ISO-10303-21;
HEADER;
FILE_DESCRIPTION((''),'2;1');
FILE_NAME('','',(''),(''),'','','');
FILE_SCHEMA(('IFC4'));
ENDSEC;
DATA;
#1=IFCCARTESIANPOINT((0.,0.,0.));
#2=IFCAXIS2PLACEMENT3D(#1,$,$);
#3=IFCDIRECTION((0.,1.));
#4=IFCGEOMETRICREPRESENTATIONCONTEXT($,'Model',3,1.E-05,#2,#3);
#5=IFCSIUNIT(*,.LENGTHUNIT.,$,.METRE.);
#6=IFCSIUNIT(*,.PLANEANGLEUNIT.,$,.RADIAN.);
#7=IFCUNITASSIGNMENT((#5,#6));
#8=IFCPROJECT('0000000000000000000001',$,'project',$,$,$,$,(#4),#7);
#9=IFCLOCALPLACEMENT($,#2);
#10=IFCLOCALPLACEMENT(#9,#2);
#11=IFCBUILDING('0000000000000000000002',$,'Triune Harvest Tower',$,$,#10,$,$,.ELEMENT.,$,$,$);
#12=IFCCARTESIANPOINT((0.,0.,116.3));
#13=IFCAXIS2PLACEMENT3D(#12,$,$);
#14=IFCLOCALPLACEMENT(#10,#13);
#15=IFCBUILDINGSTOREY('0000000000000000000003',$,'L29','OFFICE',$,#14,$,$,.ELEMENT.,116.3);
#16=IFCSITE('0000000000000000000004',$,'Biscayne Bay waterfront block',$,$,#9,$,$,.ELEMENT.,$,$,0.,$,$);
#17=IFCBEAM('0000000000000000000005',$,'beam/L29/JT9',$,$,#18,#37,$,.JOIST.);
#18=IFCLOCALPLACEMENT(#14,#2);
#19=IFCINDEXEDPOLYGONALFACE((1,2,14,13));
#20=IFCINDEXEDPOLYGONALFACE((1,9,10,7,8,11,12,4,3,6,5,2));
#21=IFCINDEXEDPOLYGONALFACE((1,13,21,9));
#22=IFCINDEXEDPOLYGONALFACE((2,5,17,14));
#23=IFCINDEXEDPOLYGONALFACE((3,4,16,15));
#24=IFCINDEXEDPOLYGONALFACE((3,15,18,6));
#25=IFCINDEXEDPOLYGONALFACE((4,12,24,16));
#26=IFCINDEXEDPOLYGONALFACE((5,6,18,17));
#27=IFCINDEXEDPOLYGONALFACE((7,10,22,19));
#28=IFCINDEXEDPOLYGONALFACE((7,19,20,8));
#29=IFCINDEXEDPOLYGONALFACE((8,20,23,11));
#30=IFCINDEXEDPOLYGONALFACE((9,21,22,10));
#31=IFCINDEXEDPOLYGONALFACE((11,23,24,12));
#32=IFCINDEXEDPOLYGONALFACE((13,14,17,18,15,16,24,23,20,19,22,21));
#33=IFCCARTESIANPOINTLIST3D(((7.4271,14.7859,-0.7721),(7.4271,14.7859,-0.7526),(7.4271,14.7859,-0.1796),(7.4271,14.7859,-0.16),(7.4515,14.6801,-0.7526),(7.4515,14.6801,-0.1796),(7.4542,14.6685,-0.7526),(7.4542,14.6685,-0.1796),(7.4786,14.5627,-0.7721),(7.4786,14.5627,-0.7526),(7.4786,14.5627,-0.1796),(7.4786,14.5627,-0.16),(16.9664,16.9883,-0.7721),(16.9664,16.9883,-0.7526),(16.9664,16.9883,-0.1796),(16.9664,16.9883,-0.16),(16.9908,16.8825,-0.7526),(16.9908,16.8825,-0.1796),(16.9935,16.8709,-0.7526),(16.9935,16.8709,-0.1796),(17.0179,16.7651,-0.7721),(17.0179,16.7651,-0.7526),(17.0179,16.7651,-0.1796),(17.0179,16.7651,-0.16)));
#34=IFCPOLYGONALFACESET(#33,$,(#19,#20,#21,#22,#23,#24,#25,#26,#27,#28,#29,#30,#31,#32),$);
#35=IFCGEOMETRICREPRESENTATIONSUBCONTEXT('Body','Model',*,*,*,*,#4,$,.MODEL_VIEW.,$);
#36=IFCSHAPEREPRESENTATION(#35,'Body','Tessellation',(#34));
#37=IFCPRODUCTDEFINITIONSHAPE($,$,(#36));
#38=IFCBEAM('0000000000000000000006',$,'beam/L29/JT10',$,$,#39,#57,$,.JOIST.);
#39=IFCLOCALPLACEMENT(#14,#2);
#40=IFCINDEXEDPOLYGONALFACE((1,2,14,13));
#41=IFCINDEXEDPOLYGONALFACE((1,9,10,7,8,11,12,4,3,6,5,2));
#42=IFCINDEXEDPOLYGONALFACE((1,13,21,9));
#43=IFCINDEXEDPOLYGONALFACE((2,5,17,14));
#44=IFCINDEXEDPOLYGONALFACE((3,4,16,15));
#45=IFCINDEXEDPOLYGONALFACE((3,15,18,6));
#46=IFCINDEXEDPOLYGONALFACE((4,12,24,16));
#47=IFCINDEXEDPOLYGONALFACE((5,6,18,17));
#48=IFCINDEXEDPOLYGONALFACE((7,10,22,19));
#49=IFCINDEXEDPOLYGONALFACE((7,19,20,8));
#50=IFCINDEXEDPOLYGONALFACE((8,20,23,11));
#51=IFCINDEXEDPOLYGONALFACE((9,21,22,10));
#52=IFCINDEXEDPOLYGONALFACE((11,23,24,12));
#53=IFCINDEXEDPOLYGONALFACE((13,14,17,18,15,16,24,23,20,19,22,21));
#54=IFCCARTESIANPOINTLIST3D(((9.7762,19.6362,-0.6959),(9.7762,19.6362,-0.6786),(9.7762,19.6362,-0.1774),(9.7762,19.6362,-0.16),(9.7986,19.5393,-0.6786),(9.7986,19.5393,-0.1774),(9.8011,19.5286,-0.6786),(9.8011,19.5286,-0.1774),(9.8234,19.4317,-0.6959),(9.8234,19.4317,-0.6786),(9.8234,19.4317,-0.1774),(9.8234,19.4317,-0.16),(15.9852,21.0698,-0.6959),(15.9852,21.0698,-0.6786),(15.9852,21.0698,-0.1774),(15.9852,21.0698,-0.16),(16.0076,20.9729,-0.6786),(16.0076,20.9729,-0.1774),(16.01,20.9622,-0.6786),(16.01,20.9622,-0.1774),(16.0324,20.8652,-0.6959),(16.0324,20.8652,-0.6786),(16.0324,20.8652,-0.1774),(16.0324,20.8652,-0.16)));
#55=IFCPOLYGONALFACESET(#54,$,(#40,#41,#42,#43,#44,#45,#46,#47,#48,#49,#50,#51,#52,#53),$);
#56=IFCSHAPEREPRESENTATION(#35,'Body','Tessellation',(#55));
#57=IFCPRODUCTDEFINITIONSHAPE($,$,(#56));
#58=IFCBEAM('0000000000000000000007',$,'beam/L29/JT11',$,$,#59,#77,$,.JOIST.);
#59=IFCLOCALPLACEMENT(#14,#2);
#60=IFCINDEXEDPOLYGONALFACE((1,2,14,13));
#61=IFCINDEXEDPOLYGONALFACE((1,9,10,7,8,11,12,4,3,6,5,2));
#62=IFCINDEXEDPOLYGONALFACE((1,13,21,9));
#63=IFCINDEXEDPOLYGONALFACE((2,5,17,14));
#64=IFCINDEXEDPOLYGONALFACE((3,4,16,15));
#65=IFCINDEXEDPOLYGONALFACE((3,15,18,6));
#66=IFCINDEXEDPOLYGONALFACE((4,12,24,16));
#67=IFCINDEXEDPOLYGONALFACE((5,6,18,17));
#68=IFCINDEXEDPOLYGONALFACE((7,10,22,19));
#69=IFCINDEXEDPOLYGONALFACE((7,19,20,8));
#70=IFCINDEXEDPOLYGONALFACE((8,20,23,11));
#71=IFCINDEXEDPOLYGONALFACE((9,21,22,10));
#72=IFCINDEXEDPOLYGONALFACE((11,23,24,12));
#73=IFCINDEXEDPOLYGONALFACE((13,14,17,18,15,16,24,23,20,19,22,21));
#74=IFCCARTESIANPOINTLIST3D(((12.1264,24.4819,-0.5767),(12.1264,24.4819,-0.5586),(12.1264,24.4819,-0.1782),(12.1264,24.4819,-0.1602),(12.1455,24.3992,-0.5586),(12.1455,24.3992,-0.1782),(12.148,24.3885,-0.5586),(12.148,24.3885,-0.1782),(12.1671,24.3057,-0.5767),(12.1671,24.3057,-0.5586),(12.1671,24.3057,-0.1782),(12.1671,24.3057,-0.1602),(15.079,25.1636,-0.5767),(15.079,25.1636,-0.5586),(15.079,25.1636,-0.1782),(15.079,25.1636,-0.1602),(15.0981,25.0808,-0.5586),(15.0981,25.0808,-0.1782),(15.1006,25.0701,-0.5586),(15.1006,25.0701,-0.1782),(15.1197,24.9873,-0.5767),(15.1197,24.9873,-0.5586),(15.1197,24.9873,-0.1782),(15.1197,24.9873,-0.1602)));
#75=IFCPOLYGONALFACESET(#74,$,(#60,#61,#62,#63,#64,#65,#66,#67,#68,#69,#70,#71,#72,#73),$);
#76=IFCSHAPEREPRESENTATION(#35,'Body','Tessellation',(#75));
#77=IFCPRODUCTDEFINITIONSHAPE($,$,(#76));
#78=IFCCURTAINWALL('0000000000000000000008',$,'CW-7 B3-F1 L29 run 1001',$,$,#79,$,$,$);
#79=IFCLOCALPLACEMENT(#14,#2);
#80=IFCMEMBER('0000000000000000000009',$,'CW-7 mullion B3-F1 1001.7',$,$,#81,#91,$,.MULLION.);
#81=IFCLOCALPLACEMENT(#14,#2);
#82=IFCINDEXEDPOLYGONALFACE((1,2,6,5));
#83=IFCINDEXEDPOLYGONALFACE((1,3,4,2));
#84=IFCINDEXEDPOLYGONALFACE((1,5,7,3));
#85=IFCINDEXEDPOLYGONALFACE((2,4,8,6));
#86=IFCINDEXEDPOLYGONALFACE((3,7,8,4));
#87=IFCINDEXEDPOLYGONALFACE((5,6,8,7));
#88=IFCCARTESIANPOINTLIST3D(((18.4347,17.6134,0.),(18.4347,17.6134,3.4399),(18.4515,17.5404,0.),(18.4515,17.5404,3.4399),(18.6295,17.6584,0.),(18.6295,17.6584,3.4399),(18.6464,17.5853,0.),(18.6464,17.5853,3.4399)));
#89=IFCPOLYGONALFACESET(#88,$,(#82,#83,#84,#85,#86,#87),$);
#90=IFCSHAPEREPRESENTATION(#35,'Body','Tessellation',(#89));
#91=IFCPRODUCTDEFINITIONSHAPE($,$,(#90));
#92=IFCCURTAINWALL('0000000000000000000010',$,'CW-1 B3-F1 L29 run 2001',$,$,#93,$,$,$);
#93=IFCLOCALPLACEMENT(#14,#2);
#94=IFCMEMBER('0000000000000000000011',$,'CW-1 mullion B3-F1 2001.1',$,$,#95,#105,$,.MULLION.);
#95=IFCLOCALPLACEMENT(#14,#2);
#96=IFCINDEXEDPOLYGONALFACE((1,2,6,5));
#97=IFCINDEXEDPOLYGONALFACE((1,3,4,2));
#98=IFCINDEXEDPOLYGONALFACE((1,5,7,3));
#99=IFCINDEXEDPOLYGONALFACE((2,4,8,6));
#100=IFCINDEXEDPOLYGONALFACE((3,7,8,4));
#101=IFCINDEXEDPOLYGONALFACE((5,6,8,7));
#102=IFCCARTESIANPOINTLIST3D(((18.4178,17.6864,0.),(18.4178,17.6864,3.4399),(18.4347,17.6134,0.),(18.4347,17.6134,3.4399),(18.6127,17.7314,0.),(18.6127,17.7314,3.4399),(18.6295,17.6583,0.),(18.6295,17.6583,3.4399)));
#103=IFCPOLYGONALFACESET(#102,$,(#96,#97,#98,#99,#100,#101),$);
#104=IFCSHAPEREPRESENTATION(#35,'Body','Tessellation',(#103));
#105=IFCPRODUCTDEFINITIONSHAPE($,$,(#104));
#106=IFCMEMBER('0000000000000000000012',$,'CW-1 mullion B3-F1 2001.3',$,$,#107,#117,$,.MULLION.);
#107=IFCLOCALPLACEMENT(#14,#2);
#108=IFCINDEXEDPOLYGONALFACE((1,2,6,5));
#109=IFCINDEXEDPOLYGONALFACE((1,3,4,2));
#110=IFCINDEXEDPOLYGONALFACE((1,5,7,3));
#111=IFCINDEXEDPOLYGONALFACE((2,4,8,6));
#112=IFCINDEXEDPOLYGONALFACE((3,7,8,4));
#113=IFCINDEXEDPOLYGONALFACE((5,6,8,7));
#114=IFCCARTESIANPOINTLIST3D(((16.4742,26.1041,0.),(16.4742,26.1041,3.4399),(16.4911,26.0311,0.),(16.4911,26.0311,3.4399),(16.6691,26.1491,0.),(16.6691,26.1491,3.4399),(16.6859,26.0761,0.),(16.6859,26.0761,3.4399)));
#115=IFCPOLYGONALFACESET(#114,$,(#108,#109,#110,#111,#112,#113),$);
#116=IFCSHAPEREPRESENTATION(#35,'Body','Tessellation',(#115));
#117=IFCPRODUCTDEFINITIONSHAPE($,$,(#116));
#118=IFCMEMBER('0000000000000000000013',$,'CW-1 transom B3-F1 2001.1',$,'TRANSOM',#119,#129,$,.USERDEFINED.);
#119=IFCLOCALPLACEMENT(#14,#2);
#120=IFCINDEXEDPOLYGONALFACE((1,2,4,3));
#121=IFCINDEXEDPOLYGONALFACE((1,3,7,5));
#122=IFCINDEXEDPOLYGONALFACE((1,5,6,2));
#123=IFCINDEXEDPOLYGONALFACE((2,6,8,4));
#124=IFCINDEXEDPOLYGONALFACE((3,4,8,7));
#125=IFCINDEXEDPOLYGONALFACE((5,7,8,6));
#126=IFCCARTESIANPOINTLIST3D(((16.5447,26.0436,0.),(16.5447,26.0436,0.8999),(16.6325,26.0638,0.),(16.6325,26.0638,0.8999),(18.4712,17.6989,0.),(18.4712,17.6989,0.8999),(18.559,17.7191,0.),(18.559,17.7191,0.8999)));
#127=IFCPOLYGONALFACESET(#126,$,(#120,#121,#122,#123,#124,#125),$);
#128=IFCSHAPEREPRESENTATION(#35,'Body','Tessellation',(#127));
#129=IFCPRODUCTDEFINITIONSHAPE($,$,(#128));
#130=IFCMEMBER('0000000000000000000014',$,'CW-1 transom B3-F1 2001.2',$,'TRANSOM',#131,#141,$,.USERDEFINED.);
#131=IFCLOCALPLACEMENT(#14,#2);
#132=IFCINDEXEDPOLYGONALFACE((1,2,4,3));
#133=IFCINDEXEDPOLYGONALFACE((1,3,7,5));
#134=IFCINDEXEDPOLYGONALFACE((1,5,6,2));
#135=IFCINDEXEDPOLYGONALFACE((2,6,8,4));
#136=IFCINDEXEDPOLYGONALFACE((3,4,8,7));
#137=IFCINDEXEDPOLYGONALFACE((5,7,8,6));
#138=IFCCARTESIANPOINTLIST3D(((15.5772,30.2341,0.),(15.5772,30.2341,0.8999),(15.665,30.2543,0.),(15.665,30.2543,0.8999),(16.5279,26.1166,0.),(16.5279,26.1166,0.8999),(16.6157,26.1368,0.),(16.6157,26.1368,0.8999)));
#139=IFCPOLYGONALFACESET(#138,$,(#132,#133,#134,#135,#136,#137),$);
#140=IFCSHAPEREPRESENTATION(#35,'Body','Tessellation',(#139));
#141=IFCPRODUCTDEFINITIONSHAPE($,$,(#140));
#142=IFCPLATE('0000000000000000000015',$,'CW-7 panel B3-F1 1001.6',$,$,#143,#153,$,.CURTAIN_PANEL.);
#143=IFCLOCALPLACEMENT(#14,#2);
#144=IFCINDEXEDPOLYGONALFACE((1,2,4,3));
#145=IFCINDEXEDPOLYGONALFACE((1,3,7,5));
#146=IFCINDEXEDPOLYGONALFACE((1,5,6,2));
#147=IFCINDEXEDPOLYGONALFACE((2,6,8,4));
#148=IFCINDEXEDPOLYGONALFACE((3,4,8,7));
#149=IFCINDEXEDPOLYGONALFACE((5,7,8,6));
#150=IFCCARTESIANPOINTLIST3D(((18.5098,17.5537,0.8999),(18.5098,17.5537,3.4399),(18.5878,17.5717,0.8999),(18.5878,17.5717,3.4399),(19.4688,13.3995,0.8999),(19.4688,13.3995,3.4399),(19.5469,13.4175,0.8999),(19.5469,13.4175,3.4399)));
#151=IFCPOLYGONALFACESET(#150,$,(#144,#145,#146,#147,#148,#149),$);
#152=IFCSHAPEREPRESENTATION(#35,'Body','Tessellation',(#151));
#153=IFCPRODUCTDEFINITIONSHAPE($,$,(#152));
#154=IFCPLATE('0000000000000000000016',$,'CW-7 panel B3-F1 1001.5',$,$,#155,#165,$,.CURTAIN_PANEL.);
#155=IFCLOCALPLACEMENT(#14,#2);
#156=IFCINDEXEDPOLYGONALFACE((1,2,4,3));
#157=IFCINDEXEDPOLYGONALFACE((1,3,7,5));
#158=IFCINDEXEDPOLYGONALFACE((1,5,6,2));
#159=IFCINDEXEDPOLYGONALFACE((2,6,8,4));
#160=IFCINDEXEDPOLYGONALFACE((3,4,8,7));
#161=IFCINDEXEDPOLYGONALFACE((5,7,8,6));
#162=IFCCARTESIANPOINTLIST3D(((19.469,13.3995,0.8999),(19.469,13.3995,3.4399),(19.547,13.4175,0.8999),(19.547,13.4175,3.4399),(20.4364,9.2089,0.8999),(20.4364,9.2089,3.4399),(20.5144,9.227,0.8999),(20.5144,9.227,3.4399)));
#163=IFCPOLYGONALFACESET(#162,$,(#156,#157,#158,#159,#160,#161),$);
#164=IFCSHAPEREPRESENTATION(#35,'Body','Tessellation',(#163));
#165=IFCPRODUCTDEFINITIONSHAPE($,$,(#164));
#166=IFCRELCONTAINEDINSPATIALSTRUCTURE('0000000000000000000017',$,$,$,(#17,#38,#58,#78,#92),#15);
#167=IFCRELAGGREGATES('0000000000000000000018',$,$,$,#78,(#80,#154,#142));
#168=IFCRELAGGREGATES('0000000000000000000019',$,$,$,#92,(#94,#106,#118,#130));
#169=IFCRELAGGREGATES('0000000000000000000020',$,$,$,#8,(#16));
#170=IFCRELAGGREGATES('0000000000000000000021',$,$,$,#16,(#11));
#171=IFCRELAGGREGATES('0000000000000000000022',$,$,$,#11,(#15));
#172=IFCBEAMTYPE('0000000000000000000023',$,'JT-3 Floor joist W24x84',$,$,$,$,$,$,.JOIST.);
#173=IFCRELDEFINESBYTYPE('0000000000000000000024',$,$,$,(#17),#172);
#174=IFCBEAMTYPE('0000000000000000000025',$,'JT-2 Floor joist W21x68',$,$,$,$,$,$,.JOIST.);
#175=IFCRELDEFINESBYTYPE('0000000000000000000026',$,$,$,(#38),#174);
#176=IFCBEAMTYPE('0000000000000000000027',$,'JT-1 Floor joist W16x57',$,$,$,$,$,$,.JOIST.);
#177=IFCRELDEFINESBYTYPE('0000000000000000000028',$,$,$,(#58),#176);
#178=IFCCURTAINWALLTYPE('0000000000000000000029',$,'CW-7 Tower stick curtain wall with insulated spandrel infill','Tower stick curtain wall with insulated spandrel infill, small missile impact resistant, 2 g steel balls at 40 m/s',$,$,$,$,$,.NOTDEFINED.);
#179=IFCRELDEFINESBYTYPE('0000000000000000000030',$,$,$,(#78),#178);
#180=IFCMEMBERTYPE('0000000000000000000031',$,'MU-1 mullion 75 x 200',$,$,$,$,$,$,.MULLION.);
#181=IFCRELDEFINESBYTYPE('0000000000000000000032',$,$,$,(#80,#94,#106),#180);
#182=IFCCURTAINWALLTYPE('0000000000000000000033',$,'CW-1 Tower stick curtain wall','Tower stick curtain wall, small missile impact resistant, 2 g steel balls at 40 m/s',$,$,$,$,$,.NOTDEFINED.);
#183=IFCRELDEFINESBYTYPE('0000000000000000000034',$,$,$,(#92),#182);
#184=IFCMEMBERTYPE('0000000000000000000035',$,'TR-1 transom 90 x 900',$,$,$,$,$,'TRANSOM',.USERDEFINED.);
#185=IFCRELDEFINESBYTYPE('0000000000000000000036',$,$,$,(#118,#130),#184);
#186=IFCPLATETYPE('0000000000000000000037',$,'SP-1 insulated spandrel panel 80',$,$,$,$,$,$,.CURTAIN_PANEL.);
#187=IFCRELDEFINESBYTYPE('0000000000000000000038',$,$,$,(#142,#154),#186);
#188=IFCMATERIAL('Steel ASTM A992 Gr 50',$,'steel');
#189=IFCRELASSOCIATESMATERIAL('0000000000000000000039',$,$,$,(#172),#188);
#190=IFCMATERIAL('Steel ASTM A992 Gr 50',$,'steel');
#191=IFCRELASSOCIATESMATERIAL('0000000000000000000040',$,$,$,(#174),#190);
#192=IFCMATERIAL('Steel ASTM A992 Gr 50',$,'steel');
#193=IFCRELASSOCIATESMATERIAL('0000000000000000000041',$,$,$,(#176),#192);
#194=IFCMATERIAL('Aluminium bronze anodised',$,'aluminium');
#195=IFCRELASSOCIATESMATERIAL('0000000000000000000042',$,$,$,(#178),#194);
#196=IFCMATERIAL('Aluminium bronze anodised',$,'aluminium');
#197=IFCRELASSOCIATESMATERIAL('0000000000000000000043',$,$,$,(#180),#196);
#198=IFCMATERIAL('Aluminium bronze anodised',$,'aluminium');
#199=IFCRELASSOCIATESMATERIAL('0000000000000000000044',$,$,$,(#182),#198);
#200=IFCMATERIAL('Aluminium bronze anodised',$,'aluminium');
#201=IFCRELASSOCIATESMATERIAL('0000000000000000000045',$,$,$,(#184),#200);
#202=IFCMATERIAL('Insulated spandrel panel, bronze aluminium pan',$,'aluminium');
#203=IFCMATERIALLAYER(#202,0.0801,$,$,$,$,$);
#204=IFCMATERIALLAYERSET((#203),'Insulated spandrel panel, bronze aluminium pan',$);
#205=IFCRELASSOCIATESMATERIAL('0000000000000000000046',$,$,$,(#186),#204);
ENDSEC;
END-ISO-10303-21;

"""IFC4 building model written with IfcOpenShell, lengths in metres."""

from ifc_helpers import new_model, si_unit, direction, frame, origin, origin_2d, place, context, subcontext, project, spatial, rectangle, i_section, extrude, source, transform, mapped, material, layer, layer_set, material_profile, profile_set, type_object, element, aggregate, save


model = new_model("IFC4")

# Units and contexts
model_context = context("Model", 3, precision=1e-05, world=origin(), true_north=direction((0.0, 1.0)))
body_context = subcontext(model_context, "Body", "Model", "MODEL_VIEW")
ifc_project = project(units=[si_unit("LENGTHUNIT", "METRE"), si_unit("PLANEANGLEUNIT", "RADIAN")], contexts=[model_context])

# Site, building, storey
site_placement = place(None, origin())
site = spatial("IfcSite", under=ifc_project, at=site_placement, Name="Biscayne Bay waterfront block", CompositionType="ELEMENT", RefElevation=0.0)
building_placement = place(site_placement, origin())
building = spatial("IfcBuilding", under=site, at=building_placement, Name="Triune Harvest Tower", CompositionType="ELEMENT")
storey_placement = place(building_placement, frame((0.0, 0.0, 116.3)))
storey = spatial("IfcBuildingStorey", under=building, at=storey_placement, Name="L29", Description="OFFICE", CompositionType="ELEMENT", Elevation=116.3)

# Beams
ifc_material_1 = material(Name="Steel ASTM A992 Gr 50", Category="steel")
ifc_material_profile_1 = material_profile(ifc_material_1, i_section(OverallWidth=0.229, OverallDepth=0.6121, WebThickness=0.012, FlangeThickness=0.0195, at=origin_2d()), Name="W24x84")
ifc_profile_set_1 = profile_set([ifc_material_profile_1], Name="Steel ASTM A992 Gr 50")
beam_type_1 = type_object("IfcBeamType", Name="JT-3 Floor joist W24x84", PredefinedType="JOIST", material=ifc_profile_set_1)
shared_shape_1 = source(origin(), body_context, "Body", "SweptSolid", [
    extrude(i_section(OverallWidth=0.229, OverallDepth=0.6121, WebThickness=0.012, FlangeThickness=0.0195, at=origin_2d()), origin(), (0.0, 0.0, 1.0), 9.7903),
])
beam_1_placement = place(storey_placement, frame((16.9922, 16.8767, -0.4661), z_axis=(-0.974368, -0.224958, 0.0), x_axis=(0.224958, -0.974368, 0.0)))
element("IfcBeam", 1, at=beam_1_placement, inside=storey, type_object=beam_type_1, Name="beam/L29/JT9", PredefinedType="JOIST", context=body_context, shape_type="MappedRepresentation", body=[
    mapped(shared_shape_1, transform((0.0, 0.0, 0.0), scale=1.0)),
])
ifc_material_2 = material(Name="Steel ASTM A992 Gr 50", Category="steel")
ifc_material_profile_2 = material_profile(ifc_material_2, i_section(OverallWidth=0.21, OverallDepth=0.5359, WebThickness=0.011, FlangeThickness=0.0173, at=origin_2d()), Name="W21x68")
ifc_profile_set_2 = profile_set([ifc_material_profile_2], Name="Steel ASTM A992 Gr 50")
beam_type_2 = type_object("IfcBeamType", Name="JT-2 Floor joist W21x68", PredefinedType="JOIST", material=ifc_profile_set_2)
shared_shape_2 = source(origin(), body_context, "Body", "SweptSolid", [
    extrude(i_section(OverallWidth=0.21, OverallDepth=0.5359, WebThickness=0.011, FlangeThickness=0.0173, at=origin_2d()), origin(), (0.0, 0.0, 1.0), 6.3723),
])
beam_2_placement = place(storey_placement, frame((16.0088, 20.9675, -0.428), z_axis=(-0.974365, -0.224971, 0.0), x_axis=(0.224971, -0.974365, 0.0)))
element("IfcBeam", 2, at=beam_2_placement, inside=storey, type_object=beam_type_2, Name="beam/L29/JT10", PredefinedType="JOIST", context=body_context, shape_type="MappedRepresentation", body=[
    mapped(shared_shape_2, transform((0.0, 0.0, 0.0), scale=1.0)),
])
ifc_material_3 = material(Name="Steel ASTM A992 Gr 50", Category="steel")
ifc_material_profile_3 = material_profile(ifc_material_3, i_section(OverallWidth=0.1809, OverallDepth=0.4165, WebThickness=0.011, FlangeThickness=0.0181, at=origin_2d()), Name="W16x57")
ifc_profile_set_3 = profile_set([ifc_material_profile_3], Name="Steel ASTM A992 Gr 50")
beam_type_3 = type_object("IfcBeamType", Name="JT-1 Floor joist W16x57", PredefinedType="JOIST", material=ifc_profile_set_3)
shared_shape_3 = source(origin(), body_context, "Body", "SweptSolid", [
    extrude(i_section(OverallWidth=0.1809, OverallDepth=0.4165, WebThickness=0.011, FlangeThickness=0.0181, at=origin_2d()), origin(), (0.0, 0.0, 1.0), 3.0303),
])
beam_3_placement = place(storey_placement, frame((15.0994, 25.0754, -0.3684), z_axis=(-0.974372, -0.224942, 0.0), x_axis=(0.224942, -0.974372, 0.0)))
element("IfcBeam", 3, at=beam_3_placement, inside=storey, type_object=beam_type_3, Name="beam/L29/JT11", PredefinedType="JOIST", context=body_context, shape_type="MappedRepresentation", body=[
    mapped(shared_shape_3, transform((0.0, 0.0, 0.0), scale=1.0)),
])

# Curtain wall, member
ifc_material_4 = material(Name="Aluminium bronze anodised", Category="aluminium")
curtain_wall_type_1 = type_object("IfcCurtainWallType", Name="CW-7 Tower stick curtain wall with insulated spandrel infill", Description="Tower stick curtain wall with insulated spandrel infill, small missile impact resistant, 2 g steel balls at 40 m/s", PredefinedType="NOTDEFINED", material=ifc_material_4)
curtain_wall_1_placement = place(storey_placement, origin())
curtain_wall_1 = element("IfcCurtainWall", 4, at=curtain_wall_1_placement, inside=storey, type_object=curtain_wall_type_1, Name="CW-7 B3-F1 L29 run 1001")
ifc_material_5 = material(Name="Aluminium bronze anodised", Category="aluminium")
ifc_material_profile_4 = material_profile(ifc_material_5, rectangle(XDim=0.2, YDim=0.075, at=origin_2d()), Name="MU-1 mullion 75 x 200")
ifc_profile_set_4 = profile_set([ifc_material_profile_4], Name="Aluminium bronze anodised")
member_type_1 = type_object("IfcMemberType", Name="MU-1 mullion 75 x 200", PredefinedType="MULLION", material=ifc_profile_set_4)
shared_shape_4 = source(origin(), body_context, "Body", "SweptSolid", [
    extrude(rectangle(XDim=0.2, YDim=0.075, at=origin_2d()), origin(), (0.0, 0.0, 1.0), 3.4399),
])
member_1_placement = place(storey_placement, frame((18.5405, 17.5994, 0.0), z_axis=(0.0, 0.0, 1.0), x_axis=(-0.97437, -0.224952, 0.0)))
member_1 = element("IfcMember", 5, at=member_1_placement, type_object=member_type_1, Name="CW-7 mullion B3-F1 1001.7", PredefinedType="MULLION", context=body_context, shape_type="MappedRepresentation", body=[
    mapped(shared_shape_4, transform((0.0, 0.0, 0.0), scale=1.0)),
])

# Curtain wall, members
ifc_material_6 = material(Name="Aluminium bronze anodised", Category="aluminium")
curtain_wall_type_2 = type_object("IfcCurtainWallType", Name="CW-1 Tower stick curtain wall", Description="Tower stick curtain wall, small missile impact resistant, 2 g steel balls at 40 m/s", PredefinedType="NOTDEFINED", material=ifc_material_6)
curtain_wall_2_placement = place(storey_placement, origin())
curtain_wall_2 = element("IfcCurtainWall", 6, at=curtain_wall_2_placement, inside=storey, type_object=curtain_wall_type_2, Name="CW-1 B3-F1 L29 run 2001")
member_2_placement = place(storey_placement, frame((18.5237, 17.6724, 0.0), z_axis=(0.0, 0.0, 1.0), x_axis=(-0.97437, -0.224951, 0.0)))
member_2 = element("IfcMember", 7, at=member_2_placement, type_object=member_type_1, Name="CW-1 mullion B3-F1 2001.1", PredefinedType="MULLION", context=body_context, shape_type="MappedRepresentation", body=[
    mapped(shared_shape_4, transform((0.0, 0.0, 0.0), scale=1.0)),
])
member_3_placement = place(storey_placement, frame((16.5801, 26.0901, 0.0), z_axis=(0.0, 0.0, 1.0), x_axis=(-0.97437, -0.224951, 0.0)))
member_3 = element("IfcMember", 8, at=member_3_placement, type_object=member_type_1, Name="CW-1 mullion B3-F1 2001.3", PredefinedType="MULLION", context=body_context, shape_type="MappedRepresentation", body=[
    mapped(shared_shape_4, transform((0.0, 0.0, 0.0), scale=1.0)),
])
ifc_material_7 = material(Name="Aluminium bronze anodised", Category="aluminium")
ifc_material_profile_5 = material_profile(ifc_material_7, rectangle(XDim=0.0901, YDim=0.8999, at=origin_2d()), Name="TR-1 transom 90 x 900")
ifc_profile_set_5 = profile_set([ifc_material_profile_5], Name="Aluminium bronze anodised")
member_type_2 = type_object("IfcMemberType", Name="TR-1 transom 90 x 900", ElementType="TRANSOM", PredefinedType="USERDEFINED", material=ifc_profile_set_5)
shared_shape_5 = source(origin(), body_context, "Body", "SweptSolid", [
    extrude(rectangle(XDim=0.0901, YDim=0.8999, at=origin_2d()), origin(), (0.0, 0.0, 1.0), 8.5642),
])
member_4_placement = place(storey_placement, frame((18.5151, 17.709, 0.45), z_axis=(-0.224949, 0.974371, 0.0), x_axis=(-0.974371, -0.224949, 0.0)))
member_4 = element("IfcMember", 9, at=member_4_placement, type_object=member_type_2, Name="CW-1 transom B3-F1 2001.1", ObjectType="TRANSOM", PredefinedType="USERDEFINED", context=body_context, shape_type="MappedRepresentation", body=[
    mapped(shared_shape_5, transform((0.0, 0.0, 0.0), scale=1.0)),
])
shared_shape_6 = source(origin(), body_context, "Body", "SweptSolid", [
    extrude(rectangle(XDim=0.0901, YDim=0.8999, at=origin_2d()), origin(), (0.0, 0.0, 1.0), 4.2258),
])
member_5_placement = place(storey_placement, frame((16.5718, 26.1267, 0.45), z_axis=(-0.224973, 0.974365, 0.0), x_axis=(-0.974365, -0.224973, 0.0)))
member_5 = element("IfcMember", 10, at=member_5_placement, type_object=member_type_2, Name="CW-1 transom B3-F1 2001.2", ObjectType="TRANSOM", PredefinedType="USERDEFINED", context=body_context, shape_type="MappedRepresentation", body=[
    mapped(shared_shape_6, transform((0.0, 0.0, 0.0), scale=1.0)),
])

# Plates
ifc_material_8 = material(Name="Insulated spandrel panel, bronze aluminium pan", Category="aluminium")
ifc_layer_1 = layer(ifc_material_8, 0.0801)
ifc_layer_set_1 = layer_set([ifc_layer_1], Name="Insulated spandrel panel, bronze aluminium pan")
plate_type_1 = type_object("IfcPlateType", Name="SP-1 insulated spandrel panel 80", PredefinedType="CURTAIN_PANEL", material=ifc_layer_set_1)
shared_shape_7 = source(origin(), body_context, "Body", "SweptSolid", [
    extrude(rectangle(XDim=4.2634, YDim=0.0801, at=origin_2d()), origin(), (0.0, 0.0, 1.0), 2.54),
])
plate_1_placement = place(storey_placement, frame((19.0283, 15.4856, 0.8999), z_axis=(0.0, 0.0, 1.0), x_axis=(-0.224952, 0.97437, 0.0)))
plate_1 = element("IfcPlate", 11, at=plate_1_placement, type_object=plate_type_1, Name="CW-7 panel B3-F1 1001.6", PredefinedType="CURTAIN_PANEL", context=body_context, shape_type="MappedRepresentation", body=[
    mapped(shared_shape_7, transform((0.0, 0.0, 0.0), scale=1.0)),
])
shared_shape_8 = source(origin(), body_context, "Body", "SweptSolid", [
    extrude(rectangle(XDim=4.3008, YDim=0.0801, at=origin_2d()), origin(), (0.0, 0.0, 1.0), 2.54),
])
plate_2_placement = place(storey_placement, frame((19.9917, 11.3132, 0.8999), z_axis=(0.0, 0.0, 1.0), x_axis=(-0.224952, 0.97437, 0.0)))
plate_2 = element("IfcPlate", 12, at=plate_2_placement, type_object=plate_type_1, Name="CW-7 panel B3-F1 1001.5", PredefinedType="CURTAIN_PANEL", context=body_context, shape_type="MappedRepresentation", body=[
    mapped(shared_shape_8, transform((0.0, 0.0, 0.0), scale=1.0)),
])
aggregate(curtain_wall_1, [member_1, plate_2, plate_1])
aggregate(curtain_wall_2, [member_2, member_3, member_4, member_5])

save(model, "model.ifc")
